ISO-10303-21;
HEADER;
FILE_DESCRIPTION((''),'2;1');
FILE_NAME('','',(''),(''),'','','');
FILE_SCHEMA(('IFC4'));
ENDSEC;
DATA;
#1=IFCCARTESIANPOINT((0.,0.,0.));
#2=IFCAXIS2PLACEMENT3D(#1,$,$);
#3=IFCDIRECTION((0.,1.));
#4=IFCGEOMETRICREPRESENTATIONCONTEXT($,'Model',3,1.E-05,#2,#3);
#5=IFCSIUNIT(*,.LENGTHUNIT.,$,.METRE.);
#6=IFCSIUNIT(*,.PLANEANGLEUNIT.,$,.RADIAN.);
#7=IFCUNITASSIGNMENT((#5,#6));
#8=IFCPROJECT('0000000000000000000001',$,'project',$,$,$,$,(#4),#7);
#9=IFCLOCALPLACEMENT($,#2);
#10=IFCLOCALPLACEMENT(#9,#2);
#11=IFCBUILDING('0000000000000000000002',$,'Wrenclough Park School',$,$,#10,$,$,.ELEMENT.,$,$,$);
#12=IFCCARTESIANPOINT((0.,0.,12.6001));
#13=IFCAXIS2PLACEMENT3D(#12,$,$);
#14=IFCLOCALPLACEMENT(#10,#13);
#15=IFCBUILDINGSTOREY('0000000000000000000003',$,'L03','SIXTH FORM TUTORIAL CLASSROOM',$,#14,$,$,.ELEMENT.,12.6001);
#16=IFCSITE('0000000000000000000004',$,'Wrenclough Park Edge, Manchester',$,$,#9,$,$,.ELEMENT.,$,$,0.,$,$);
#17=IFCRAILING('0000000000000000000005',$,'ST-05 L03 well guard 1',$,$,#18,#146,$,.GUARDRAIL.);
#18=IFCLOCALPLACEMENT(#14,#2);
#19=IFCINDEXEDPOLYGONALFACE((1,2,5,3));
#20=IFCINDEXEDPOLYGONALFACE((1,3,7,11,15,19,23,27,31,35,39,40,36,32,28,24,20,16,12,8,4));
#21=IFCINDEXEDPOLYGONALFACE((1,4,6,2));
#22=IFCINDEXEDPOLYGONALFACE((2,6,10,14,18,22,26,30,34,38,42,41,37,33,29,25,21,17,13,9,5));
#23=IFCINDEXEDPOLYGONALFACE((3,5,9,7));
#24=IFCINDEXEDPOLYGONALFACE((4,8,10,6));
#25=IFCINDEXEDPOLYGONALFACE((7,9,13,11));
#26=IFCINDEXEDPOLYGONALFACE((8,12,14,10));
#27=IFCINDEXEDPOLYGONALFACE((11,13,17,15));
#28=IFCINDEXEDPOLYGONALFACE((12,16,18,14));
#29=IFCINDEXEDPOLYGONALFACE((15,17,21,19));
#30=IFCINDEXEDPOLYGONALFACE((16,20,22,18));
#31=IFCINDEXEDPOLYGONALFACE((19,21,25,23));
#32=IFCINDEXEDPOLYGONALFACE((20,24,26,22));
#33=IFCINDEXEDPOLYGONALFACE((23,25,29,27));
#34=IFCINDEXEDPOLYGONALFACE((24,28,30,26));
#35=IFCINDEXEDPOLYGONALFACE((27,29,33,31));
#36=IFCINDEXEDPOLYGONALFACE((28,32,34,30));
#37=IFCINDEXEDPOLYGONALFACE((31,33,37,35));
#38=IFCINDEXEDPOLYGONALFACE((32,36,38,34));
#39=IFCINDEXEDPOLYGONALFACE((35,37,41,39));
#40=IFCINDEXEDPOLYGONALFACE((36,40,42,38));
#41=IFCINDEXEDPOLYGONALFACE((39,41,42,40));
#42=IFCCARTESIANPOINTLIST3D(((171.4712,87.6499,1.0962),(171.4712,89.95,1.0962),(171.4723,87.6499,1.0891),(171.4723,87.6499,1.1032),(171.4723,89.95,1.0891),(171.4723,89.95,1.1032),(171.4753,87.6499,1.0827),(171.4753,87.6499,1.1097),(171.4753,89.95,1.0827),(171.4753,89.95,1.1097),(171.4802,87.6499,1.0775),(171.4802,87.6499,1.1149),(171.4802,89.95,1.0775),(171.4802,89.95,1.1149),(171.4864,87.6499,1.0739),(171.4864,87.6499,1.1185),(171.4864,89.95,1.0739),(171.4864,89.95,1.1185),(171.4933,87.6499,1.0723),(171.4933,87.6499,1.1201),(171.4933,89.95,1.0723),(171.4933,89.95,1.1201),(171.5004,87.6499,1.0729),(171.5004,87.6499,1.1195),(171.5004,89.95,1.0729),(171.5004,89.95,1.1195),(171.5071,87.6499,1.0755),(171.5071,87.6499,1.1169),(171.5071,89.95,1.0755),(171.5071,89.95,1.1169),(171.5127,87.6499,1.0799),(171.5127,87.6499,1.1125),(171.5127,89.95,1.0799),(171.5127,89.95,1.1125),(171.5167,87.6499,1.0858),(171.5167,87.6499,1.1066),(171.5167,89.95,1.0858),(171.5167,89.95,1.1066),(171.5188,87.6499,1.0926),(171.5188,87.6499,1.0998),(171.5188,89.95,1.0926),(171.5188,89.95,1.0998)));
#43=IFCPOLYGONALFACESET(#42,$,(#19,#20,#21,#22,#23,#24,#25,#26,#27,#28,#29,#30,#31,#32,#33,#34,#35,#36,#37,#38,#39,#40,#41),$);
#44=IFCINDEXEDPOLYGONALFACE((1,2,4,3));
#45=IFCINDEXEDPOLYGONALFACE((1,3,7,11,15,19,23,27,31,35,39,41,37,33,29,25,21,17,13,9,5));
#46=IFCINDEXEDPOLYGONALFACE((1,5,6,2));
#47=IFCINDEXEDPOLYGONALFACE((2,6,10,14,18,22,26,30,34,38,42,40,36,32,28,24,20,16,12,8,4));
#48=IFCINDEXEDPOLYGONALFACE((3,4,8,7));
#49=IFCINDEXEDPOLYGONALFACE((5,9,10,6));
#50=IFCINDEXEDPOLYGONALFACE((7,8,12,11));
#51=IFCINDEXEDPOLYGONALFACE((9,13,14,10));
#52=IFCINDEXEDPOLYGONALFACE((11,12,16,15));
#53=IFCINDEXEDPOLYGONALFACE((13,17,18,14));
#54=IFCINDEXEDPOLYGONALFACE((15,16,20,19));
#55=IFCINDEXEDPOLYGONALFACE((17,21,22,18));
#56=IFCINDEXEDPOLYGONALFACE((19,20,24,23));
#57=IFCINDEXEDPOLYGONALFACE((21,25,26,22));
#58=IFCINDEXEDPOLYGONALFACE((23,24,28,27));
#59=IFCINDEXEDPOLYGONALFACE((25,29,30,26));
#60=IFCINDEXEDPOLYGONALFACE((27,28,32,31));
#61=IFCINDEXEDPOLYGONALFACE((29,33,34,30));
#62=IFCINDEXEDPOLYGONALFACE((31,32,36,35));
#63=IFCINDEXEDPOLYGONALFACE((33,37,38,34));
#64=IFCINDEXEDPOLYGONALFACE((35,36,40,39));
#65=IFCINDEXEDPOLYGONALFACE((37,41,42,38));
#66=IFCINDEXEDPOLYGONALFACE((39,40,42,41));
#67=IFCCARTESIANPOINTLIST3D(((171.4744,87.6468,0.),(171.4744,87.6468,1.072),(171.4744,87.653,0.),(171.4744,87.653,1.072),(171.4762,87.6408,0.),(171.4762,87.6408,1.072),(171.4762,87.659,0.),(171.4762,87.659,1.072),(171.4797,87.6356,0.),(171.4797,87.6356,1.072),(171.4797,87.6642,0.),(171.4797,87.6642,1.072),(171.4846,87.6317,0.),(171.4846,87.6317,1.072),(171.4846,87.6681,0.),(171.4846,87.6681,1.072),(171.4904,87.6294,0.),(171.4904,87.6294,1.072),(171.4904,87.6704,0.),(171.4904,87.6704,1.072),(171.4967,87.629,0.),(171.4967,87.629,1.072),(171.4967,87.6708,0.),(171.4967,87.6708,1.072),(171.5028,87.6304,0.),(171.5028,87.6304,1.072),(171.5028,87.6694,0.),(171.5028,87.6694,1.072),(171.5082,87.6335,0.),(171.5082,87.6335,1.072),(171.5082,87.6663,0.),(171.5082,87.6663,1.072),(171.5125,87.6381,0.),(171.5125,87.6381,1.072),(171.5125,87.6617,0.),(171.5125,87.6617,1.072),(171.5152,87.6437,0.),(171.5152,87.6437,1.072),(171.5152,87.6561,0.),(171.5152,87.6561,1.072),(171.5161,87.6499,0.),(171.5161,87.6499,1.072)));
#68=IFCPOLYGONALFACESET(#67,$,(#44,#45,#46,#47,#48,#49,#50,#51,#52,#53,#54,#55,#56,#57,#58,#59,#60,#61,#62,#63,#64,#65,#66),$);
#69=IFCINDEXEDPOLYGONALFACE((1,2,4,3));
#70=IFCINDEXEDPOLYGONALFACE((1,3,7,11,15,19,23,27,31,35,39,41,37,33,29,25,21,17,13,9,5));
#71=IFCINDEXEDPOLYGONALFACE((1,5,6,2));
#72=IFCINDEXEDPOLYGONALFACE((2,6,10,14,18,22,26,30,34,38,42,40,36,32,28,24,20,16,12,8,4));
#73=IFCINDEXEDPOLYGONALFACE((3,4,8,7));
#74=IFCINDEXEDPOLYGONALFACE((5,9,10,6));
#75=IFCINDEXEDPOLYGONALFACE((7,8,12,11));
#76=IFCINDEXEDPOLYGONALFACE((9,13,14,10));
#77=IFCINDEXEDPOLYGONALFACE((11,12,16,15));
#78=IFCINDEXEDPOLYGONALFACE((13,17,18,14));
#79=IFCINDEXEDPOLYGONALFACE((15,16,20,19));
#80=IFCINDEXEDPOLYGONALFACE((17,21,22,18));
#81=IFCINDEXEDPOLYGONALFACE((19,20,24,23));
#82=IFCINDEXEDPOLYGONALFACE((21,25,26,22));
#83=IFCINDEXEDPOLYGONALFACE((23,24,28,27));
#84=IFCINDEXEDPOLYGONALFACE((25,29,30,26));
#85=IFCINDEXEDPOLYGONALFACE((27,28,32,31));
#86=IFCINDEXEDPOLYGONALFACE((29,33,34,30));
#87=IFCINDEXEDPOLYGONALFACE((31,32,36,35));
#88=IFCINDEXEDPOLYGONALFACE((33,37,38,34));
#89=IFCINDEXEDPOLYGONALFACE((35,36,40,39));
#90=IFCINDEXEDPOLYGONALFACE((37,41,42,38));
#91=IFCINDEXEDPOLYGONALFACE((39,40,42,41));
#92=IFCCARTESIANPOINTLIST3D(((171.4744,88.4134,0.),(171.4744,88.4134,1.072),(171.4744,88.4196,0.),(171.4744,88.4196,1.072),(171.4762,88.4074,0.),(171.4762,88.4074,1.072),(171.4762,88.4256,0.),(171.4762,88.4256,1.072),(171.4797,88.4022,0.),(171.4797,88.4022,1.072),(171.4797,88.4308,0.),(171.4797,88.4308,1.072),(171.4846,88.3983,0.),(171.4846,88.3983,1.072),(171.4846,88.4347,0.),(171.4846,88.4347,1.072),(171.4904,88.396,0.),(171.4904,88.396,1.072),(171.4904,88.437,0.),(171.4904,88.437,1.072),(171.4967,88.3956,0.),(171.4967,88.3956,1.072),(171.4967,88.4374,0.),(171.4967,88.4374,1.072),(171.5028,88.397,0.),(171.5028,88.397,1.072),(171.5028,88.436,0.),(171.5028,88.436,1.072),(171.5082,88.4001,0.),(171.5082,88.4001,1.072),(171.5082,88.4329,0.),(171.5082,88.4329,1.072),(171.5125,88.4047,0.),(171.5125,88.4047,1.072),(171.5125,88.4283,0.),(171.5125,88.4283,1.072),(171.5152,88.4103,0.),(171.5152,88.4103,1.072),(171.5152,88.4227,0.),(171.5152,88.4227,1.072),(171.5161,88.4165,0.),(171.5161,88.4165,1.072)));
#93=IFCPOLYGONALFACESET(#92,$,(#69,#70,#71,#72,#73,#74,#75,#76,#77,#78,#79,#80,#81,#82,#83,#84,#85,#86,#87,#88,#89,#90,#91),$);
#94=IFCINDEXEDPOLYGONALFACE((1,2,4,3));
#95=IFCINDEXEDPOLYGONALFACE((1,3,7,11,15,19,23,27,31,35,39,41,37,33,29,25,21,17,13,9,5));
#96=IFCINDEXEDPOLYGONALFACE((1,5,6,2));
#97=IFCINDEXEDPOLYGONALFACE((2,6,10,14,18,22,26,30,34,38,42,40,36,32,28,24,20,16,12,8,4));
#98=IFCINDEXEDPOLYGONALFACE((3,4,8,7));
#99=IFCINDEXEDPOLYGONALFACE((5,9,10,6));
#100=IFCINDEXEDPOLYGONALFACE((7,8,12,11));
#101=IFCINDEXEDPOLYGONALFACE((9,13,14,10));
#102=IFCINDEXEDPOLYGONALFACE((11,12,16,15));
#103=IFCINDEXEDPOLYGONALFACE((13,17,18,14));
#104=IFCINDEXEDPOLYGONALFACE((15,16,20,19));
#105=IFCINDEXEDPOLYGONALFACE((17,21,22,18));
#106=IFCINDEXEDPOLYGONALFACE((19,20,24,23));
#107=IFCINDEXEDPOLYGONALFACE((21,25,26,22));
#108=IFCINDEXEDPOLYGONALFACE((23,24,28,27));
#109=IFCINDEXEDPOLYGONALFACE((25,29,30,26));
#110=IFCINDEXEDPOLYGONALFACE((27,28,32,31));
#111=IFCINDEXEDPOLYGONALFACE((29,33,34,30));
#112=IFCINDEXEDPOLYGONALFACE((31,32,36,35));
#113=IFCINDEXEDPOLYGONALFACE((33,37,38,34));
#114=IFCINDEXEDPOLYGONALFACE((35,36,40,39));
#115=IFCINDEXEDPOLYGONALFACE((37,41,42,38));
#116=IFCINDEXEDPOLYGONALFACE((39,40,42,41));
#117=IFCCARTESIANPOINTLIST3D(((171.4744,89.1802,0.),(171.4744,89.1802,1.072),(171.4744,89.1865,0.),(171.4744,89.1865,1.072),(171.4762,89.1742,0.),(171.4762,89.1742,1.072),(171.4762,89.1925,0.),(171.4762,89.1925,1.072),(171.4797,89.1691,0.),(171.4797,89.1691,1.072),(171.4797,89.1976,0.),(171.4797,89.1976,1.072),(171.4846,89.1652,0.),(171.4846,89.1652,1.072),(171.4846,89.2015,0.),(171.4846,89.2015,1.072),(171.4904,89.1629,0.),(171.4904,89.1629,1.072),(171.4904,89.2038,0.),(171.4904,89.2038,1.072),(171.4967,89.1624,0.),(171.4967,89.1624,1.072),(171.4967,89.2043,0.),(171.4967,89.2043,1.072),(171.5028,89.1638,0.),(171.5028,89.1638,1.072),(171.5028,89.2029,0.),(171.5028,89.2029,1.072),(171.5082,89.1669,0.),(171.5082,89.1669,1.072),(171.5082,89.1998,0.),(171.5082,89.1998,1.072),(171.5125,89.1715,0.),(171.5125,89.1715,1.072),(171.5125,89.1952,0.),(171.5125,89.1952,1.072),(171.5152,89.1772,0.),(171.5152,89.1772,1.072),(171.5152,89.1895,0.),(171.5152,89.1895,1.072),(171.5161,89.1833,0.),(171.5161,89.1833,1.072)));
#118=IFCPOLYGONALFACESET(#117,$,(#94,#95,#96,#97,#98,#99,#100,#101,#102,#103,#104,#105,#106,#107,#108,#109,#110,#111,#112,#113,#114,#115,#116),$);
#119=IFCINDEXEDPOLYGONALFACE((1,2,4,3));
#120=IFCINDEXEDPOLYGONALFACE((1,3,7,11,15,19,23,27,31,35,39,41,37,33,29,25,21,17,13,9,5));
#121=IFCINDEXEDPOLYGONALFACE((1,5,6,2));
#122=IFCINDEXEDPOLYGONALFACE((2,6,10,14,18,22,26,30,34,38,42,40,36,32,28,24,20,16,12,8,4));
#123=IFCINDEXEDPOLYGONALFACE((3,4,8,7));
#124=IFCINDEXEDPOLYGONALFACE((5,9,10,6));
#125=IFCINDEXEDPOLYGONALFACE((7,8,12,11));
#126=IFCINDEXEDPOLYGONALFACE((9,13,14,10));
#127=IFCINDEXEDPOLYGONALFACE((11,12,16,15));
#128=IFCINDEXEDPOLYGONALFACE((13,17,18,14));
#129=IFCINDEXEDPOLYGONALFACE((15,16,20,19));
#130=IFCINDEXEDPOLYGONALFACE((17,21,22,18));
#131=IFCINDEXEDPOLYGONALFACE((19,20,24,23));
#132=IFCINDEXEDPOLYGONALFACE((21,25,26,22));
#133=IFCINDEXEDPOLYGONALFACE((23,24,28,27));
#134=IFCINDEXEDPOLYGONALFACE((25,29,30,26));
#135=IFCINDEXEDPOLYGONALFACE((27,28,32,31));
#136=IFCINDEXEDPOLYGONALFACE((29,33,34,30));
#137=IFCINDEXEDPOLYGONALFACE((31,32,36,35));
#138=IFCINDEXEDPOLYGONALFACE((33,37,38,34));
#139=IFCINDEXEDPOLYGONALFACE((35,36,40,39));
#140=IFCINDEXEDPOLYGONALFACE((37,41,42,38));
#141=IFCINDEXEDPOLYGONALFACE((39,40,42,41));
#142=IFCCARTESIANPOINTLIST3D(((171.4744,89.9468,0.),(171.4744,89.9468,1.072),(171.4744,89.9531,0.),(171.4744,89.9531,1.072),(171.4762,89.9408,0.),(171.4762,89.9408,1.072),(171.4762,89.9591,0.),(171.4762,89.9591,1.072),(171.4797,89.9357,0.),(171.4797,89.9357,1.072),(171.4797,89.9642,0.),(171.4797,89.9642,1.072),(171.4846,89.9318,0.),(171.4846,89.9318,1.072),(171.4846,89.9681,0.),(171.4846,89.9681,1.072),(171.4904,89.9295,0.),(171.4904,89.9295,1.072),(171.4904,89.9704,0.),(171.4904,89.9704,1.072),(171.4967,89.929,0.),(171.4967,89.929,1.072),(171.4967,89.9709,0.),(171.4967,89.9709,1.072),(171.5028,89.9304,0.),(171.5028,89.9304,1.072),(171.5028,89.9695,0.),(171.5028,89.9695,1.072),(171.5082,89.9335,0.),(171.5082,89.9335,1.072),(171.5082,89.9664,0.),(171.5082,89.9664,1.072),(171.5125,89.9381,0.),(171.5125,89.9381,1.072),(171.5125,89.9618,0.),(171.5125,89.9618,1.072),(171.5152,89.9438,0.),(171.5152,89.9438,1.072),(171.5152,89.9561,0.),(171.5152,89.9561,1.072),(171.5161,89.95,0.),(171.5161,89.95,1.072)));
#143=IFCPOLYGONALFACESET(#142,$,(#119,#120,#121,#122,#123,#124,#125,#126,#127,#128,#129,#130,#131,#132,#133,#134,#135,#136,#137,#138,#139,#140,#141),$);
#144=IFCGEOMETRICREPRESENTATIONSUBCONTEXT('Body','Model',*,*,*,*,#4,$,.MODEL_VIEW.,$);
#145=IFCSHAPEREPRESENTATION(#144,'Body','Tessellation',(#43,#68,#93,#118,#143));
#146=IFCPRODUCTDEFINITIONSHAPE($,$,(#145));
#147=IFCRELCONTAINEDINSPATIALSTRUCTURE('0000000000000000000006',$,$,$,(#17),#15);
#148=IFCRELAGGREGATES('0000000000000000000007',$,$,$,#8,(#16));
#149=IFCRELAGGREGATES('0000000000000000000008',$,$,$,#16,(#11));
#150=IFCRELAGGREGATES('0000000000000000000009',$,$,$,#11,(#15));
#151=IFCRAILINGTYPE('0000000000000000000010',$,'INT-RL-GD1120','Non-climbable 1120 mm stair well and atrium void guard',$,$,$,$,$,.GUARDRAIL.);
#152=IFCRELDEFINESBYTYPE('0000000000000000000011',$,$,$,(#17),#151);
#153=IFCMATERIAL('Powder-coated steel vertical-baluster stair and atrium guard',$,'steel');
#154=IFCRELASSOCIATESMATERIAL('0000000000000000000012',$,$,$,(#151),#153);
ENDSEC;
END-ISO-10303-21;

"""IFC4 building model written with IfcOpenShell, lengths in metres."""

from ifc_helpers import new_model, si_unit, direction, frame, origin, origin_2d, place, context, subcontext, project, spatial, circle, extrude, material, type_object, element, save


model = new_model("IFC4")

# Units and contexts
model_context = context("Model", 3, precision=1e-05, world=origin(), true_north=direction((0.0, 1.0)))
body_context = subcontext(model_context, "Body", "Model", "MODEL_VIEW")
ifc_project = project(units=[si_unit("LENGTHUNIT", "METRE"), si_unit("PLANEANGLEUNIT", "RADIAN")], contexts=[model_context])

# Site, building, storey
site_placement = place(None, origin())
site = spatial("IfcSite", under=ifc_project, at=site_placement, Name="Wrenclough Park Edge, Manchester", CompositionType="ELEMENT", RefElevation=0.0)
building_placement = place(site_placement, origin())
building = spatial("IfcBuilding", under=site, at=building_placement, Name="Wrenclough Park School", CompositionType="ELEMENT")
storey_placement = place(building_placement, frame((0.0, 0.0, 12.6001)))
storey = spatial("IfcBuildingStorey", under=building, at=storey_placement, Name="L03", Description="SIXTH FORM TUTORIAL CLASSROOM", CompositionType="ELEMENT", Elevation=12.6001)

# Railing
ifc_material_1 = material(Name="Powder-coated steel vertical-baluster stair and atrium guard", Category="steel")
railing_type_1 = type_object("IfcRailingType", Name="INT-RL-GD1120", Description="Non-climbable 1120 mm stair well and atrium void guard", PredefinedType="GUARDRAIL", material=ifc_material_1)
railing_1_placement = place(storey_placement, frame((171.4951, 87.6499, 0.0)))
element("IfcRailing", 1, at=railing_1_placement, inside=storey, type_object=railing_type_1, Name="ST-05 L03 well guard 1", PredefinedType="GUARDRAIL", context=body_context, shape_type="SweptSolid", body=[
    extrude(circle(Radius=0.0239, at=origin_2d()), frame((0.0, 0.0, 1.0962), z_axis=(0.0, 1.0, 0.0), x_axis=(-1.0, 0.0, 0.0)), (0.0, 0.0, 1.0), 2.3),
    extrude(circle(Radius=0.021, at=origin_2d()), origin(), (0.0, 0.0, 1.0), 1.072),
    extrude(circle(Radius=0.021, at=origin_2d()), frame((0.0, 0.7666, 0.0)), (0.0, 0.0, 1.0), 1.072),
    extrude(circle(Radius=0.021, at=origin_2d()), frame((0.0, 1.5334, 0.0)), (0.0, 0.0, 1.0), 1.072),
    extrude(circle(Radius=0.021, at=origin_2d()), frame((0.0, 2.3, 0.0)), (0.0, 0.0, 1.0), 1.072),
])

save(model, "model.ifc")
